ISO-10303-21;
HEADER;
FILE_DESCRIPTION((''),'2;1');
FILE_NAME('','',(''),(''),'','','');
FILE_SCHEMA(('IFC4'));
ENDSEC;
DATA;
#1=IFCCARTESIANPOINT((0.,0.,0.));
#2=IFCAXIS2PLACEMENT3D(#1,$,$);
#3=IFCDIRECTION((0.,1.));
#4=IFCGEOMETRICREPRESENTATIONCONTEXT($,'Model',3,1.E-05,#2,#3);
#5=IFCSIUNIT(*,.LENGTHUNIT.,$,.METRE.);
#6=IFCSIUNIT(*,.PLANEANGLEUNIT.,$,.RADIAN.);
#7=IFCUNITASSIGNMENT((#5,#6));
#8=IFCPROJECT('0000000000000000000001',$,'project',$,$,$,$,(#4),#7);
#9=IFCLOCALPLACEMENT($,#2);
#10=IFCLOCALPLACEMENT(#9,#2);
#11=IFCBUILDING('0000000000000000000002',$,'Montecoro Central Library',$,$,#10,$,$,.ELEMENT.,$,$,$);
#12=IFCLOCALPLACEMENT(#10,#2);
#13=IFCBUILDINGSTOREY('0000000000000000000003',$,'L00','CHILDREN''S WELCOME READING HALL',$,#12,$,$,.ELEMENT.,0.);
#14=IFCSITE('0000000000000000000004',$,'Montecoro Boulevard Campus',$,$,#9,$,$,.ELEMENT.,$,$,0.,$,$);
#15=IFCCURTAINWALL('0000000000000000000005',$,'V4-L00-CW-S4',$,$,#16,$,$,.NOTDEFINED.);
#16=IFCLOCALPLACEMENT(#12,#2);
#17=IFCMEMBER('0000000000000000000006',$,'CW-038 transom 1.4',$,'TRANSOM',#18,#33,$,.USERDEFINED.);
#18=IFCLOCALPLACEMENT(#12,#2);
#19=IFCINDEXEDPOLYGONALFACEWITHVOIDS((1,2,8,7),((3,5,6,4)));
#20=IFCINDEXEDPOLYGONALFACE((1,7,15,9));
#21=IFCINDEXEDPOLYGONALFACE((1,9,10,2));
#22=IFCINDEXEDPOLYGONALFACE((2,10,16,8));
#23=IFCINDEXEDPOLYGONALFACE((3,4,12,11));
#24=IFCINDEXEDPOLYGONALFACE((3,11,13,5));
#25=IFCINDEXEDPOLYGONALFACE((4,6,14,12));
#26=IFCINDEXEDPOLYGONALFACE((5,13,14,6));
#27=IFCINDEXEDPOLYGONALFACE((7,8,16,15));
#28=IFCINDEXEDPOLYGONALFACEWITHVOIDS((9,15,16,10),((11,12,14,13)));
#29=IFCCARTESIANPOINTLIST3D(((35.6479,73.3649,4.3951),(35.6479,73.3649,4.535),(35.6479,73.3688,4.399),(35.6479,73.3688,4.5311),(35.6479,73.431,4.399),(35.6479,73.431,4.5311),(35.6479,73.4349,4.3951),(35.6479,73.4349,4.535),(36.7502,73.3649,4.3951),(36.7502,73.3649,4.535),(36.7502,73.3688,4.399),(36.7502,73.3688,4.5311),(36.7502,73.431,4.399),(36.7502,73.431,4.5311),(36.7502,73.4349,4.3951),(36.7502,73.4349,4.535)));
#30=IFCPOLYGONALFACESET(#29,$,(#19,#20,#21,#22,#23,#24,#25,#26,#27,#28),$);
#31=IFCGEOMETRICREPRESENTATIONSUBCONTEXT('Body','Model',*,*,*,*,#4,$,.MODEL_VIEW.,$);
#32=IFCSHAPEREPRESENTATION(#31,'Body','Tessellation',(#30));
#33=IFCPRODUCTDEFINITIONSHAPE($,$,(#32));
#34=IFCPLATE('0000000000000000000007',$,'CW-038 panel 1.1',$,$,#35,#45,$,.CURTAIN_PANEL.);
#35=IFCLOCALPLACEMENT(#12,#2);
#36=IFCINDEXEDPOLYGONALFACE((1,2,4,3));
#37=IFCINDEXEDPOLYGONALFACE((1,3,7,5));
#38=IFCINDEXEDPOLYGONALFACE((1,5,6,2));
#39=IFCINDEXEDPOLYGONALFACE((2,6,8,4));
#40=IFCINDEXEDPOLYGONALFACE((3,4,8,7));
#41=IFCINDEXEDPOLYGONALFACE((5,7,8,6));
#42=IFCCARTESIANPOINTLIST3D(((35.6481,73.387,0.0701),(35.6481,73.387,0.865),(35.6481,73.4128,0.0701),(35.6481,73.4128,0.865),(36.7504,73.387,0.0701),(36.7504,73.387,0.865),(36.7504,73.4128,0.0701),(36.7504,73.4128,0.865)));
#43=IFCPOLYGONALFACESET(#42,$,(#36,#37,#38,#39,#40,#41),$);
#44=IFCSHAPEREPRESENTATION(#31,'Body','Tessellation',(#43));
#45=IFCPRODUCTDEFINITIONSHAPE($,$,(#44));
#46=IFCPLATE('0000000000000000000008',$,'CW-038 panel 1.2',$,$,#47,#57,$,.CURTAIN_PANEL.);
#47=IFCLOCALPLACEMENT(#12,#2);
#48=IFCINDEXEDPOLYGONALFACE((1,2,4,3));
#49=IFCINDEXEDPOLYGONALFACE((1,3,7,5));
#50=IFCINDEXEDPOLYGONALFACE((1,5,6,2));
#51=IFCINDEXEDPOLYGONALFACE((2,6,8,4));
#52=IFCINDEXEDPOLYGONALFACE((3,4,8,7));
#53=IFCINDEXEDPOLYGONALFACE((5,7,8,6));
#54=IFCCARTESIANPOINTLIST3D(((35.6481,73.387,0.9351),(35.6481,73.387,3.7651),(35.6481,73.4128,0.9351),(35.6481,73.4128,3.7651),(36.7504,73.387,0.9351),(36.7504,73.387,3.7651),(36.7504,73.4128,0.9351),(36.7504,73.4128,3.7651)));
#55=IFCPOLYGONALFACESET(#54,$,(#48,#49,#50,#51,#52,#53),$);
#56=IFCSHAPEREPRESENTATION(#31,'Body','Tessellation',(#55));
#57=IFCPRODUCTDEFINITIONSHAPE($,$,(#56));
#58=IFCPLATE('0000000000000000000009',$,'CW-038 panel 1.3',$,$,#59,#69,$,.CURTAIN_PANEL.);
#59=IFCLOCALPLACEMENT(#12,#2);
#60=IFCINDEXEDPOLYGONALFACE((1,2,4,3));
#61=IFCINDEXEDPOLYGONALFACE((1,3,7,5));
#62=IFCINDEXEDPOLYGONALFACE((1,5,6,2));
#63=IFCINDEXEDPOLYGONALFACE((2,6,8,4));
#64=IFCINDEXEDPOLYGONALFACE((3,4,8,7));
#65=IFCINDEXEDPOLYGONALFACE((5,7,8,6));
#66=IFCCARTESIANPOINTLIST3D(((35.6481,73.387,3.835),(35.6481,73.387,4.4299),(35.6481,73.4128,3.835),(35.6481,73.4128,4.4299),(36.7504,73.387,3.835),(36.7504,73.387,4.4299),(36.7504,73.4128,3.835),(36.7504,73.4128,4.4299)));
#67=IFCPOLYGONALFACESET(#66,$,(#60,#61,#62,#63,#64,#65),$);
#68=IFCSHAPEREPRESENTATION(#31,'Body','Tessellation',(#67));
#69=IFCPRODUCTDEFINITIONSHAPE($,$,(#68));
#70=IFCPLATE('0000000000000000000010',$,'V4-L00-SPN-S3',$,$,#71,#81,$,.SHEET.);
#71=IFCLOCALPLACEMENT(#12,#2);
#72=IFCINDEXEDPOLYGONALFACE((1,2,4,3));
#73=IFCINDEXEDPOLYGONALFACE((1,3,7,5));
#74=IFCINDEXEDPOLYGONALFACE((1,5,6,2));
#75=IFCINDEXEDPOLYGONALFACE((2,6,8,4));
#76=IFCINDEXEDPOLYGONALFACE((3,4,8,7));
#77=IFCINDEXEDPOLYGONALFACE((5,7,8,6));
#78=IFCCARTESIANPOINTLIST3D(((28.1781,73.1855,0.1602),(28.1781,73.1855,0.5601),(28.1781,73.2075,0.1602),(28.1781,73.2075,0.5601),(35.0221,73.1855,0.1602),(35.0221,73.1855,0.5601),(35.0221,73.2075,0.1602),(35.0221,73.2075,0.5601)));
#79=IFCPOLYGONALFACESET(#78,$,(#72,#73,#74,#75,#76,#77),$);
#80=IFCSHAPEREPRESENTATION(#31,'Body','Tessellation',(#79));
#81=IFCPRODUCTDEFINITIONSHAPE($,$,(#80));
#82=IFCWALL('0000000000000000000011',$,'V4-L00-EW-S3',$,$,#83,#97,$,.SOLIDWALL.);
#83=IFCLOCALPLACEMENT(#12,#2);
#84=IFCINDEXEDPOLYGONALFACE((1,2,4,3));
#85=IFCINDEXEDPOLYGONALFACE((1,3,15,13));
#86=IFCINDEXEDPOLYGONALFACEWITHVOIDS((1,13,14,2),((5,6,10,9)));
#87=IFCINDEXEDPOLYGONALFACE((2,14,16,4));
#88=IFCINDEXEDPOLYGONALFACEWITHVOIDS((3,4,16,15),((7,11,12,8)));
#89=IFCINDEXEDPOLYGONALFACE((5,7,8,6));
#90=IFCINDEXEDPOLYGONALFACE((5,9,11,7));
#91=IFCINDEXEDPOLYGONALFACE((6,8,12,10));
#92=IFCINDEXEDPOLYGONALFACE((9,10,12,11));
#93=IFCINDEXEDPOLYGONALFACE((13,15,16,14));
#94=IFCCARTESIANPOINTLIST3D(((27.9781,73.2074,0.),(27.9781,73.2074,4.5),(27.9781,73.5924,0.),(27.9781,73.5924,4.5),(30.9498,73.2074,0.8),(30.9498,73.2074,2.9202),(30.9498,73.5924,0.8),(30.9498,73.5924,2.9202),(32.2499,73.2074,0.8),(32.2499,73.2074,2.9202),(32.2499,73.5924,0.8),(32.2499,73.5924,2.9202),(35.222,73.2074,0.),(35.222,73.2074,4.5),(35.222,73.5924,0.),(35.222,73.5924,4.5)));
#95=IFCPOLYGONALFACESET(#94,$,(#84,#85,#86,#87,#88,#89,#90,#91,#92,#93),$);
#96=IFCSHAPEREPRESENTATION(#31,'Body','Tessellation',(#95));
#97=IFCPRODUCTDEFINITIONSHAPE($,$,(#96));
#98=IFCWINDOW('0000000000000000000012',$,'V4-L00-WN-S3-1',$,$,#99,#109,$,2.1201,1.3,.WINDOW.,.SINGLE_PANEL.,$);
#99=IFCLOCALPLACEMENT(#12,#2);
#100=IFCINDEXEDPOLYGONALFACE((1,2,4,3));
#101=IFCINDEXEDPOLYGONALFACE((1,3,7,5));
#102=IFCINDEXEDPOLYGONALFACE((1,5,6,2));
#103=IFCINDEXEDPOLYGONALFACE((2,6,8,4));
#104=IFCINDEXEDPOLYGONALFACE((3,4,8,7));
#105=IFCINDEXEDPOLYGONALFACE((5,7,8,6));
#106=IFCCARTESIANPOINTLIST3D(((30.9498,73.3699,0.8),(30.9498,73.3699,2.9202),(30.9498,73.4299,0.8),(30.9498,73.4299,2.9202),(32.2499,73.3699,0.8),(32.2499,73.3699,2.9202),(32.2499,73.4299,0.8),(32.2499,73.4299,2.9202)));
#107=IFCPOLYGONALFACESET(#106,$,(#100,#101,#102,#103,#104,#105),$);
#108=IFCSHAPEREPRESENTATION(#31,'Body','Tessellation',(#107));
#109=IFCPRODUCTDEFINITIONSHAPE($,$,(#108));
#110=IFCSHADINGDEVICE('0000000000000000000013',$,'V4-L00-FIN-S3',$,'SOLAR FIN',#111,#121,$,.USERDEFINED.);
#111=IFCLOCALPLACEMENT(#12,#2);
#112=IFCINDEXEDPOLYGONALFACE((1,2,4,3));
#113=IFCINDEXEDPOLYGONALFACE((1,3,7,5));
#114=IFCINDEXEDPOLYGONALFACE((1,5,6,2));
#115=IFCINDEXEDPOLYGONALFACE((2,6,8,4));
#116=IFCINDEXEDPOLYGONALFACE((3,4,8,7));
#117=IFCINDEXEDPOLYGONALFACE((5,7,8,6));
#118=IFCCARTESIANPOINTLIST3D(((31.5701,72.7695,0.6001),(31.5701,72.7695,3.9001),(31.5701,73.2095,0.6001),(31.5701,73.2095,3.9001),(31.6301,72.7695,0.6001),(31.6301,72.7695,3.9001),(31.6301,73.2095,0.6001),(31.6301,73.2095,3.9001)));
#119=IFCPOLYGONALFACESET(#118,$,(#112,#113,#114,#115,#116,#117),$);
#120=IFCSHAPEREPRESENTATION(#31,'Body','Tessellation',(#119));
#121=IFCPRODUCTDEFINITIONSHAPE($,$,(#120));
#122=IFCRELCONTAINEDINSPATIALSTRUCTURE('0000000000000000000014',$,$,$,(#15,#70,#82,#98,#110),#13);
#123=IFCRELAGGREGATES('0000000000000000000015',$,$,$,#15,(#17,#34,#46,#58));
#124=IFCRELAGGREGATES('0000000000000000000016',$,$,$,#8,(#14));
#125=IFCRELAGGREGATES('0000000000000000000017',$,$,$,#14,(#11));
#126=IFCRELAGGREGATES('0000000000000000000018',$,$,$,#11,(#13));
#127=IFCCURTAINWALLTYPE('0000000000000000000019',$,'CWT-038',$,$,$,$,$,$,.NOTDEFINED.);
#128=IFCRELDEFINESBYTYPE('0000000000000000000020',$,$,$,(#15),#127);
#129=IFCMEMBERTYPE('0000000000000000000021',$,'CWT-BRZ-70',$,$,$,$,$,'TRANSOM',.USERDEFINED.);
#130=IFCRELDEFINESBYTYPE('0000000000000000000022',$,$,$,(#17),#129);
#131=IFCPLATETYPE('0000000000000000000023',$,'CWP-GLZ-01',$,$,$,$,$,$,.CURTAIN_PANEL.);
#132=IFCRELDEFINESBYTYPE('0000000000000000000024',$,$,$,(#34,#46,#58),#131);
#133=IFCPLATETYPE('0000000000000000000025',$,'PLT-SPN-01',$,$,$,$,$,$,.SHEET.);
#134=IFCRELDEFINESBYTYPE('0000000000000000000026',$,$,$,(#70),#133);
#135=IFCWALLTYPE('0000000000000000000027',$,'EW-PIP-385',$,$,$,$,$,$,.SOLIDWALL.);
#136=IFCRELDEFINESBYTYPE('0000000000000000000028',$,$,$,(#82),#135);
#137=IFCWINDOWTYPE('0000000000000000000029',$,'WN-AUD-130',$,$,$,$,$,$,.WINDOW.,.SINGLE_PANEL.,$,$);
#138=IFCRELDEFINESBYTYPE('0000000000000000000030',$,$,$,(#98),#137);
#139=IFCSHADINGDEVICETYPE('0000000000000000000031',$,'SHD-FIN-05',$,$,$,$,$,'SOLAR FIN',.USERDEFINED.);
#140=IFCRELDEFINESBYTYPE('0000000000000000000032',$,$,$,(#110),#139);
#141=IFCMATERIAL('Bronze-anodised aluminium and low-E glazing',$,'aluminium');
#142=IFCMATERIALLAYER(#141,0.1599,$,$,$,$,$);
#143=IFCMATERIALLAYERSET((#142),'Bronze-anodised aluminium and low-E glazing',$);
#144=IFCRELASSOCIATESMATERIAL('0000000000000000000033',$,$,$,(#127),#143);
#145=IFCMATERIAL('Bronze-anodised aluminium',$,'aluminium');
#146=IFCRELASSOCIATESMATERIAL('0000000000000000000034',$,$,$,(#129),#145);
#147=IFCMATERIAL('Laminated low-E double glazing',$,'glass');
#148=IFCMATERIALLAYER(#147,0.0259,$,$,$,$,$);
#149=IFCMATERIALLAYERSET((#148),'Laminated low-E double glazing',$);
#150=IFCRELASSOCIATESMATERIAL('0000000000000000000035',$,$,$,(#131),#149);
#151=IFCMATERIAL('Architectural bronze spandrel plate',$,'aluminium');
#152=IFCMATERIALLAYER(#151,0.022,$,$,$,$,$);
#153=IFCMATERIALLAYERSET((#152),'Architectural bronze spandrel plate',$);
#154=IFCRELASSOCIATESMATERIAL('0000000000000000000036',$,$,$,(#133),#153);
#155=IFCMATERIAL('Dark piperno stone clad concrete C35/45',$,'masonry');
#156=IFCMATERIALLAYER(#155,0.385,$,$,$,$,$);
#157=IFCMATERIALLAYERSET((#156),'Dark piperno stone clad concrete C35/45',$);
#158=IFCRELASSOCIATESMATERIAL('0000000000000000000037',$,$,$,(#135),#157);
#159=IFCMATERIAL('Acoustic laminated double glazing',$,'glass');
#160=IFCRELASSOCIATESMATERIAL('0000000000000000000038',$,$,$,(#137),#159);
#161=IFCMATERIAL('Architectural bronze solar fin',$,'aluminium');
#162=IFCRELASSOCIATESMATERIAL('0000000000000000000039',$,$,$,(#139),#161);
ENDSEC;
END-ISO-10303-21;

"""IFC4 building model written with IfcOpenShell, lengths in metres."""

from ifc_helpers import new_model, si_unit, direction, frame, frame_2d, origin, origin_2d, place, context, subcontext, project, spatial, rectangle, hollow_rectangle, extrude, material, layer, layer_set, material_profile, profile_set, type_object, element, fill, aggregate, save


model = new_model("IFC4")

# Units and contexts
model_context = context("Model", 3, precision=1e-05, world=origin(), true_north=direction((0.0, 1.0)))
body_context = subcontext(model_context, "Body", "Model", "MODEL_VIEW")
ifc_project = project(units=[si_unit("LENGTHUNIT", "METRE"), si_unit("PLANEANGLEUNIT", "RADIAN")], contexts=[model_context])

# Site, building, storey
site_placement = place(None, origin())
site = spatial("IfcSite", under=ifc_project, at=site_placement, Name="Montecoro Boulevard Campus", CompositionType="ELEMENT", RefElevation=0.0)
building_placement = place(site_placement, origin())
building = spatial("IfcBuilding", under=site, at=building_placement, Name="Montecoro Central Library", CompositionType="ELEMENT")
storey_placement = place(building_placement, origin())
storey = spatial("IfcBuildingStorey", under=building, at=storey_placement, Name="L00", Description="CHILDREN'S WELCOME READING HALL", CompositionType="ELEMENT", Elevation=0.0)

# Curtain wall, member, plates
ifc_material_1 = material(Name="Bronze-anodised aluminium and low-E glazing", Category="aluminium")
ifc_layer_1 = layer(ifc_material_1, 0.1599)
ifc_layer_set_1 = layer_set([ifc_layer_1], Name="Bronze-anodised aluminium and low-E glazing")
curtain_wall_type = type_object("IfcCurtainWallType", Name="CWT-038", PredefinedType="NOTDEFINED", material=ifc_layer_set_1)
curtain_wall_placement = place(storey_placement, origin())
curtain_wall = element("IfcCurtainWall", 1, at=curtain_wall_placement, inside=storey, type_object=curtain_wall_type, Name="V4-L00-CW-S4", PredefinedType="NOTDEFINED")
ifc_material_2 = material(Name="Bronze-anodised aluminium", Category="aluminium")
ifc_material_profile_1 = material_profile(ifc_material_2, hollow_rectangle(XDim=0.0701, YDim=0.1399, WallThickness=0.0039, at=origin_2d()), Name="CWT 140x70x4.0")
ifc_profile_set_1 = profile_set([ifc_material_profile_1], Name="Bronze-anodised aluminium")
member_type_1 = type_object("IfcMemberType", Name="CWT-BRZ-70", ElementType="TRANSOM", PredefinedType="USERDEFINED", material=ifc_profile_set_1)
member_1_placement = place(storey_placement, frame((35.6479, 73.3999, 4.4651), z_axis=(1.0, 0.0, 0.0), x_axis=(0.0, 1.0, 0.0)))
member_1 = element("IfcMember", 2, at=member_1_placement, type_object=member_type_1, Name="CW-038 transom 1.4", ObjectType="TRANSOM", PredefinedType="USERDEFINED", context=body_context, shape_type="SweptSolid", body=[
    extrude(hollow_rectangle(XDim=0.0701, YDim=0.1399, WallThickness=0.0039, at=origin_2d()), origin(), (0.0, 0.0, 1.0), 1.1023),
])
ifc_material_3 = material(Name="Laminated low-E double glazing", Category="glass")
ifc_layer_2 = layer(ifc_material_3, 0.0259)
ifc_layer_set_2 = layer_set([ifc_layer_2], Name="Laminated low-E double glazing")
plate_type_1 = type_object("IfcPlateType", Name="CWP-GLZ-01", PredefinedType="CURTAIN_PANEL", material=ifc_layer_set_2)
plate_1_placement = place(storey_placement, frame((36.1992, 73.3999, 0.0701), z_axis=(0.0, 0.0, 1.0), x_axis=(1.0, 0.0, 0.0)))
plate_1 = element("IfcPlate", 3, at=plate_1_placement, type_object=plate_type_1, Name="CW-038 panel 1.1", PredefinedType="CURTAIN_PANEL", context=body_context, shape_type="SweptSolid", body=[
    extrude(rectangle(XDim=1.1023, YDim=0.0259, at=origin_2d()), origin(), (0.0, 0.0, 1.0), 0.7949),
])
plate_2_placement = place(storey_placement, frame((36.1992, 73.3999, 0.9351), z_axis=(0.0, 0.0, 1.0), x_axis=(1.0, 0.0, 0.0)))
plate_2 = element("IfcPlate", 4, at=plate_2_placement, type_object=plate_type_1, Name="CW-038 panel 1.2", PredefinedType="CURTAIN_PANEL", context=body_context, shape_type="SweptSolid", body=[
    extrude(rectangle(XDim=1.1023, YDim=0.0259, at=origin_2d()), origin(), (0.0, 0.0, 1.0), 2.8301),
])
plate_3_placement = place(storey_placement, frame((36.1992, 73.3999, 3.835), z_axis=(0.0, 0.0, 1.0), x_axis=(1.0, 0.0, 0.0)))
plate_3 = element("IfcPlate", 5, at=plate_3_placement, type_object=plate_type_1, Name="CW-038 panel 1.3", PredefinedType="CURTAIN_PANEL", context=body_context, shape_type="SweptSolid", body=[
    extrude(rectangle(XDim=1.1023, YDim=0.0259, at=origin_2d()), origin(), (0.0, 0.0, 1.0), 0.595),
])
aggregate(curtain_wall, [member_1, plate_1, plate_2, plate_3])

# Plate
ifc_material_4 = material(Name="Architectural bronze spandrel plate", Category="aluminium")
ifc_layer_3 = layer(ifc_material_4, 0.022)
ifc_layer_set_3 = layer_set([ifc_layer_3], Name="Architectural bronze spandrel plate")
plate_type_2 = type_object("IfcPlateType", Name="PLT-SPN-01", PredefinedType="SHEET", material=ifc_layer_set_3)
plate_4_placement = place(storey_placement, frame((31.6001, 73.1965, 0.1602), z_axis=(0.0, 0.0, 1.0), x_axis=(1.0, 0.0, 0.0)))
element("IfcPlate", 6, at=plate_4_placement, inside=storey, type_object=plate_type_2, Name="V4-L00-SPN-S3", PredefinedType="SHEET", context=body_context, shape_type="SweptSolid", body=[
    extrude(rectangle(XDim=6.844, YDim=0.022, at=origin_2d()), origin(), (0.0, 0.0, 1.0), 0.3999),
])

# Wall, opening, window
ifc_material_5 = material(Name="Dark piperno stone clad concrete C35/45", Category="masonry")
ifc_layer_4 = layer(ifc_material_5, 0.385)
ifc_layer_set_4 = layer_set([ifc_layer_4], Name="Dark piperno stone clad concrete C35/45")
wall_type = type_object("IfcWallType", Name="EW-PIP-385", PredefinedType="SOLIDWALL", material=ifc_layer_set_4)
wall_placement = place(storey_placement, frame((27.978, 73.3999, 0.0), z_axis=(0.0, 0.0, 1.0), x_axis=(1.0, 0.0, 0.0)))
wall = element("IfcWall", 7, at=wall_placement, inside=storey, type_object=wall_type, Name="V4-L00-EW-S3", PredefinedType="SOLIDWALL", context=body_context, shape_type="SweptSolid", body=[
    extrude(rectangle(XDim=7.2439, YDim=0.385, at=frame_2d((3.6221, 0.0))), origin(), (0.0, 0.0, 1.0), 4.5),
])
opening_placement = place(wall_placement, frame((2.9719, 0.0, 0.8)))
opening = element("IfcOpeningElement", 8, at=opening_placement, cuts=wall, PredefinedType="OPENING", context=body_context, shape_type="SweptSolid", body=[
    extrude(rectangle(XDim=1.3, YDim=2.1201, at=frame_2d((0.6499, 1.0601))), frame((0.0, 0.2024, 0.0), z_axis=(0.0, -1.0, 0.0), x_axis=(1.0, 0.0, 0.0)), (0.0, 0.0, 1.0), 0.405),
])
ifc_material_6 = material(Name="Acoustic laminated double glazing", Category="glass")
window_type = type_object("IfcWindowType", Name="WN-AUD-130", PartitioningType="SINGLE_PANEL", PredefinedType="WINDOW", material=ifc_material_6)
window_placement = place(opening_placement, origin())
window = element("IfcWindow", 9, at=window_placement, inside=storey, type_object=window_type, Name="V4-L00-WN-S3-1", OverallHeight=2.1201, OverallWidth=1.3, PartitioningType="SINGLE_PANEL", PredefinedType="WINDOW", context=body_context, shape_type="SweptSolid", body=[
    extrude(rectangle(XDim=1.3, YDim=2.1201, at=frame_2d((0.6499, 1.0601))), frame((0.0, 0.03, 0.0), z_axis=(0.0, -1.0, 0.0), x_axis=(1.0, 0.0, 0.0)), (0.0, 0.0, 1.0), 0.0601),
])
fill(opening, window)

# Shading device
ifc_material_7 = material(Name="Architectural bronze solar fin", Category="aluminium")
shading_device_type = type_object("IfcShadingDeviceType", Name="SHD-FIN-05", ElementType="SOLAR FIN", PredefinedType="USERDEFINED", material=ifc_material_7)
shading_device_placement = place(storey_placement, frame((31.6001, 72.9895, 0.6001), z_axis=(0.0, 0.0, 1.0), x_axis=(1.0, 0.0, 0.0)))
element("IfcShadingDevice", 10, at=shading_device_placement, inside=storey, type_object=shading_device_type, Name="V4-L00-FIN-S3", ObjectType="SOLAR FIN", PredefinedType="USERDEFINED", context=body_context, shape_type="SweptSolid", body=[
    extrude(rectangle(XDim=0.0601, YDim=0.4399, at=origin_2d()), origin(), (0.0, 0.0, 1.0), 3.3),
])

save(model, "model.ifc")
